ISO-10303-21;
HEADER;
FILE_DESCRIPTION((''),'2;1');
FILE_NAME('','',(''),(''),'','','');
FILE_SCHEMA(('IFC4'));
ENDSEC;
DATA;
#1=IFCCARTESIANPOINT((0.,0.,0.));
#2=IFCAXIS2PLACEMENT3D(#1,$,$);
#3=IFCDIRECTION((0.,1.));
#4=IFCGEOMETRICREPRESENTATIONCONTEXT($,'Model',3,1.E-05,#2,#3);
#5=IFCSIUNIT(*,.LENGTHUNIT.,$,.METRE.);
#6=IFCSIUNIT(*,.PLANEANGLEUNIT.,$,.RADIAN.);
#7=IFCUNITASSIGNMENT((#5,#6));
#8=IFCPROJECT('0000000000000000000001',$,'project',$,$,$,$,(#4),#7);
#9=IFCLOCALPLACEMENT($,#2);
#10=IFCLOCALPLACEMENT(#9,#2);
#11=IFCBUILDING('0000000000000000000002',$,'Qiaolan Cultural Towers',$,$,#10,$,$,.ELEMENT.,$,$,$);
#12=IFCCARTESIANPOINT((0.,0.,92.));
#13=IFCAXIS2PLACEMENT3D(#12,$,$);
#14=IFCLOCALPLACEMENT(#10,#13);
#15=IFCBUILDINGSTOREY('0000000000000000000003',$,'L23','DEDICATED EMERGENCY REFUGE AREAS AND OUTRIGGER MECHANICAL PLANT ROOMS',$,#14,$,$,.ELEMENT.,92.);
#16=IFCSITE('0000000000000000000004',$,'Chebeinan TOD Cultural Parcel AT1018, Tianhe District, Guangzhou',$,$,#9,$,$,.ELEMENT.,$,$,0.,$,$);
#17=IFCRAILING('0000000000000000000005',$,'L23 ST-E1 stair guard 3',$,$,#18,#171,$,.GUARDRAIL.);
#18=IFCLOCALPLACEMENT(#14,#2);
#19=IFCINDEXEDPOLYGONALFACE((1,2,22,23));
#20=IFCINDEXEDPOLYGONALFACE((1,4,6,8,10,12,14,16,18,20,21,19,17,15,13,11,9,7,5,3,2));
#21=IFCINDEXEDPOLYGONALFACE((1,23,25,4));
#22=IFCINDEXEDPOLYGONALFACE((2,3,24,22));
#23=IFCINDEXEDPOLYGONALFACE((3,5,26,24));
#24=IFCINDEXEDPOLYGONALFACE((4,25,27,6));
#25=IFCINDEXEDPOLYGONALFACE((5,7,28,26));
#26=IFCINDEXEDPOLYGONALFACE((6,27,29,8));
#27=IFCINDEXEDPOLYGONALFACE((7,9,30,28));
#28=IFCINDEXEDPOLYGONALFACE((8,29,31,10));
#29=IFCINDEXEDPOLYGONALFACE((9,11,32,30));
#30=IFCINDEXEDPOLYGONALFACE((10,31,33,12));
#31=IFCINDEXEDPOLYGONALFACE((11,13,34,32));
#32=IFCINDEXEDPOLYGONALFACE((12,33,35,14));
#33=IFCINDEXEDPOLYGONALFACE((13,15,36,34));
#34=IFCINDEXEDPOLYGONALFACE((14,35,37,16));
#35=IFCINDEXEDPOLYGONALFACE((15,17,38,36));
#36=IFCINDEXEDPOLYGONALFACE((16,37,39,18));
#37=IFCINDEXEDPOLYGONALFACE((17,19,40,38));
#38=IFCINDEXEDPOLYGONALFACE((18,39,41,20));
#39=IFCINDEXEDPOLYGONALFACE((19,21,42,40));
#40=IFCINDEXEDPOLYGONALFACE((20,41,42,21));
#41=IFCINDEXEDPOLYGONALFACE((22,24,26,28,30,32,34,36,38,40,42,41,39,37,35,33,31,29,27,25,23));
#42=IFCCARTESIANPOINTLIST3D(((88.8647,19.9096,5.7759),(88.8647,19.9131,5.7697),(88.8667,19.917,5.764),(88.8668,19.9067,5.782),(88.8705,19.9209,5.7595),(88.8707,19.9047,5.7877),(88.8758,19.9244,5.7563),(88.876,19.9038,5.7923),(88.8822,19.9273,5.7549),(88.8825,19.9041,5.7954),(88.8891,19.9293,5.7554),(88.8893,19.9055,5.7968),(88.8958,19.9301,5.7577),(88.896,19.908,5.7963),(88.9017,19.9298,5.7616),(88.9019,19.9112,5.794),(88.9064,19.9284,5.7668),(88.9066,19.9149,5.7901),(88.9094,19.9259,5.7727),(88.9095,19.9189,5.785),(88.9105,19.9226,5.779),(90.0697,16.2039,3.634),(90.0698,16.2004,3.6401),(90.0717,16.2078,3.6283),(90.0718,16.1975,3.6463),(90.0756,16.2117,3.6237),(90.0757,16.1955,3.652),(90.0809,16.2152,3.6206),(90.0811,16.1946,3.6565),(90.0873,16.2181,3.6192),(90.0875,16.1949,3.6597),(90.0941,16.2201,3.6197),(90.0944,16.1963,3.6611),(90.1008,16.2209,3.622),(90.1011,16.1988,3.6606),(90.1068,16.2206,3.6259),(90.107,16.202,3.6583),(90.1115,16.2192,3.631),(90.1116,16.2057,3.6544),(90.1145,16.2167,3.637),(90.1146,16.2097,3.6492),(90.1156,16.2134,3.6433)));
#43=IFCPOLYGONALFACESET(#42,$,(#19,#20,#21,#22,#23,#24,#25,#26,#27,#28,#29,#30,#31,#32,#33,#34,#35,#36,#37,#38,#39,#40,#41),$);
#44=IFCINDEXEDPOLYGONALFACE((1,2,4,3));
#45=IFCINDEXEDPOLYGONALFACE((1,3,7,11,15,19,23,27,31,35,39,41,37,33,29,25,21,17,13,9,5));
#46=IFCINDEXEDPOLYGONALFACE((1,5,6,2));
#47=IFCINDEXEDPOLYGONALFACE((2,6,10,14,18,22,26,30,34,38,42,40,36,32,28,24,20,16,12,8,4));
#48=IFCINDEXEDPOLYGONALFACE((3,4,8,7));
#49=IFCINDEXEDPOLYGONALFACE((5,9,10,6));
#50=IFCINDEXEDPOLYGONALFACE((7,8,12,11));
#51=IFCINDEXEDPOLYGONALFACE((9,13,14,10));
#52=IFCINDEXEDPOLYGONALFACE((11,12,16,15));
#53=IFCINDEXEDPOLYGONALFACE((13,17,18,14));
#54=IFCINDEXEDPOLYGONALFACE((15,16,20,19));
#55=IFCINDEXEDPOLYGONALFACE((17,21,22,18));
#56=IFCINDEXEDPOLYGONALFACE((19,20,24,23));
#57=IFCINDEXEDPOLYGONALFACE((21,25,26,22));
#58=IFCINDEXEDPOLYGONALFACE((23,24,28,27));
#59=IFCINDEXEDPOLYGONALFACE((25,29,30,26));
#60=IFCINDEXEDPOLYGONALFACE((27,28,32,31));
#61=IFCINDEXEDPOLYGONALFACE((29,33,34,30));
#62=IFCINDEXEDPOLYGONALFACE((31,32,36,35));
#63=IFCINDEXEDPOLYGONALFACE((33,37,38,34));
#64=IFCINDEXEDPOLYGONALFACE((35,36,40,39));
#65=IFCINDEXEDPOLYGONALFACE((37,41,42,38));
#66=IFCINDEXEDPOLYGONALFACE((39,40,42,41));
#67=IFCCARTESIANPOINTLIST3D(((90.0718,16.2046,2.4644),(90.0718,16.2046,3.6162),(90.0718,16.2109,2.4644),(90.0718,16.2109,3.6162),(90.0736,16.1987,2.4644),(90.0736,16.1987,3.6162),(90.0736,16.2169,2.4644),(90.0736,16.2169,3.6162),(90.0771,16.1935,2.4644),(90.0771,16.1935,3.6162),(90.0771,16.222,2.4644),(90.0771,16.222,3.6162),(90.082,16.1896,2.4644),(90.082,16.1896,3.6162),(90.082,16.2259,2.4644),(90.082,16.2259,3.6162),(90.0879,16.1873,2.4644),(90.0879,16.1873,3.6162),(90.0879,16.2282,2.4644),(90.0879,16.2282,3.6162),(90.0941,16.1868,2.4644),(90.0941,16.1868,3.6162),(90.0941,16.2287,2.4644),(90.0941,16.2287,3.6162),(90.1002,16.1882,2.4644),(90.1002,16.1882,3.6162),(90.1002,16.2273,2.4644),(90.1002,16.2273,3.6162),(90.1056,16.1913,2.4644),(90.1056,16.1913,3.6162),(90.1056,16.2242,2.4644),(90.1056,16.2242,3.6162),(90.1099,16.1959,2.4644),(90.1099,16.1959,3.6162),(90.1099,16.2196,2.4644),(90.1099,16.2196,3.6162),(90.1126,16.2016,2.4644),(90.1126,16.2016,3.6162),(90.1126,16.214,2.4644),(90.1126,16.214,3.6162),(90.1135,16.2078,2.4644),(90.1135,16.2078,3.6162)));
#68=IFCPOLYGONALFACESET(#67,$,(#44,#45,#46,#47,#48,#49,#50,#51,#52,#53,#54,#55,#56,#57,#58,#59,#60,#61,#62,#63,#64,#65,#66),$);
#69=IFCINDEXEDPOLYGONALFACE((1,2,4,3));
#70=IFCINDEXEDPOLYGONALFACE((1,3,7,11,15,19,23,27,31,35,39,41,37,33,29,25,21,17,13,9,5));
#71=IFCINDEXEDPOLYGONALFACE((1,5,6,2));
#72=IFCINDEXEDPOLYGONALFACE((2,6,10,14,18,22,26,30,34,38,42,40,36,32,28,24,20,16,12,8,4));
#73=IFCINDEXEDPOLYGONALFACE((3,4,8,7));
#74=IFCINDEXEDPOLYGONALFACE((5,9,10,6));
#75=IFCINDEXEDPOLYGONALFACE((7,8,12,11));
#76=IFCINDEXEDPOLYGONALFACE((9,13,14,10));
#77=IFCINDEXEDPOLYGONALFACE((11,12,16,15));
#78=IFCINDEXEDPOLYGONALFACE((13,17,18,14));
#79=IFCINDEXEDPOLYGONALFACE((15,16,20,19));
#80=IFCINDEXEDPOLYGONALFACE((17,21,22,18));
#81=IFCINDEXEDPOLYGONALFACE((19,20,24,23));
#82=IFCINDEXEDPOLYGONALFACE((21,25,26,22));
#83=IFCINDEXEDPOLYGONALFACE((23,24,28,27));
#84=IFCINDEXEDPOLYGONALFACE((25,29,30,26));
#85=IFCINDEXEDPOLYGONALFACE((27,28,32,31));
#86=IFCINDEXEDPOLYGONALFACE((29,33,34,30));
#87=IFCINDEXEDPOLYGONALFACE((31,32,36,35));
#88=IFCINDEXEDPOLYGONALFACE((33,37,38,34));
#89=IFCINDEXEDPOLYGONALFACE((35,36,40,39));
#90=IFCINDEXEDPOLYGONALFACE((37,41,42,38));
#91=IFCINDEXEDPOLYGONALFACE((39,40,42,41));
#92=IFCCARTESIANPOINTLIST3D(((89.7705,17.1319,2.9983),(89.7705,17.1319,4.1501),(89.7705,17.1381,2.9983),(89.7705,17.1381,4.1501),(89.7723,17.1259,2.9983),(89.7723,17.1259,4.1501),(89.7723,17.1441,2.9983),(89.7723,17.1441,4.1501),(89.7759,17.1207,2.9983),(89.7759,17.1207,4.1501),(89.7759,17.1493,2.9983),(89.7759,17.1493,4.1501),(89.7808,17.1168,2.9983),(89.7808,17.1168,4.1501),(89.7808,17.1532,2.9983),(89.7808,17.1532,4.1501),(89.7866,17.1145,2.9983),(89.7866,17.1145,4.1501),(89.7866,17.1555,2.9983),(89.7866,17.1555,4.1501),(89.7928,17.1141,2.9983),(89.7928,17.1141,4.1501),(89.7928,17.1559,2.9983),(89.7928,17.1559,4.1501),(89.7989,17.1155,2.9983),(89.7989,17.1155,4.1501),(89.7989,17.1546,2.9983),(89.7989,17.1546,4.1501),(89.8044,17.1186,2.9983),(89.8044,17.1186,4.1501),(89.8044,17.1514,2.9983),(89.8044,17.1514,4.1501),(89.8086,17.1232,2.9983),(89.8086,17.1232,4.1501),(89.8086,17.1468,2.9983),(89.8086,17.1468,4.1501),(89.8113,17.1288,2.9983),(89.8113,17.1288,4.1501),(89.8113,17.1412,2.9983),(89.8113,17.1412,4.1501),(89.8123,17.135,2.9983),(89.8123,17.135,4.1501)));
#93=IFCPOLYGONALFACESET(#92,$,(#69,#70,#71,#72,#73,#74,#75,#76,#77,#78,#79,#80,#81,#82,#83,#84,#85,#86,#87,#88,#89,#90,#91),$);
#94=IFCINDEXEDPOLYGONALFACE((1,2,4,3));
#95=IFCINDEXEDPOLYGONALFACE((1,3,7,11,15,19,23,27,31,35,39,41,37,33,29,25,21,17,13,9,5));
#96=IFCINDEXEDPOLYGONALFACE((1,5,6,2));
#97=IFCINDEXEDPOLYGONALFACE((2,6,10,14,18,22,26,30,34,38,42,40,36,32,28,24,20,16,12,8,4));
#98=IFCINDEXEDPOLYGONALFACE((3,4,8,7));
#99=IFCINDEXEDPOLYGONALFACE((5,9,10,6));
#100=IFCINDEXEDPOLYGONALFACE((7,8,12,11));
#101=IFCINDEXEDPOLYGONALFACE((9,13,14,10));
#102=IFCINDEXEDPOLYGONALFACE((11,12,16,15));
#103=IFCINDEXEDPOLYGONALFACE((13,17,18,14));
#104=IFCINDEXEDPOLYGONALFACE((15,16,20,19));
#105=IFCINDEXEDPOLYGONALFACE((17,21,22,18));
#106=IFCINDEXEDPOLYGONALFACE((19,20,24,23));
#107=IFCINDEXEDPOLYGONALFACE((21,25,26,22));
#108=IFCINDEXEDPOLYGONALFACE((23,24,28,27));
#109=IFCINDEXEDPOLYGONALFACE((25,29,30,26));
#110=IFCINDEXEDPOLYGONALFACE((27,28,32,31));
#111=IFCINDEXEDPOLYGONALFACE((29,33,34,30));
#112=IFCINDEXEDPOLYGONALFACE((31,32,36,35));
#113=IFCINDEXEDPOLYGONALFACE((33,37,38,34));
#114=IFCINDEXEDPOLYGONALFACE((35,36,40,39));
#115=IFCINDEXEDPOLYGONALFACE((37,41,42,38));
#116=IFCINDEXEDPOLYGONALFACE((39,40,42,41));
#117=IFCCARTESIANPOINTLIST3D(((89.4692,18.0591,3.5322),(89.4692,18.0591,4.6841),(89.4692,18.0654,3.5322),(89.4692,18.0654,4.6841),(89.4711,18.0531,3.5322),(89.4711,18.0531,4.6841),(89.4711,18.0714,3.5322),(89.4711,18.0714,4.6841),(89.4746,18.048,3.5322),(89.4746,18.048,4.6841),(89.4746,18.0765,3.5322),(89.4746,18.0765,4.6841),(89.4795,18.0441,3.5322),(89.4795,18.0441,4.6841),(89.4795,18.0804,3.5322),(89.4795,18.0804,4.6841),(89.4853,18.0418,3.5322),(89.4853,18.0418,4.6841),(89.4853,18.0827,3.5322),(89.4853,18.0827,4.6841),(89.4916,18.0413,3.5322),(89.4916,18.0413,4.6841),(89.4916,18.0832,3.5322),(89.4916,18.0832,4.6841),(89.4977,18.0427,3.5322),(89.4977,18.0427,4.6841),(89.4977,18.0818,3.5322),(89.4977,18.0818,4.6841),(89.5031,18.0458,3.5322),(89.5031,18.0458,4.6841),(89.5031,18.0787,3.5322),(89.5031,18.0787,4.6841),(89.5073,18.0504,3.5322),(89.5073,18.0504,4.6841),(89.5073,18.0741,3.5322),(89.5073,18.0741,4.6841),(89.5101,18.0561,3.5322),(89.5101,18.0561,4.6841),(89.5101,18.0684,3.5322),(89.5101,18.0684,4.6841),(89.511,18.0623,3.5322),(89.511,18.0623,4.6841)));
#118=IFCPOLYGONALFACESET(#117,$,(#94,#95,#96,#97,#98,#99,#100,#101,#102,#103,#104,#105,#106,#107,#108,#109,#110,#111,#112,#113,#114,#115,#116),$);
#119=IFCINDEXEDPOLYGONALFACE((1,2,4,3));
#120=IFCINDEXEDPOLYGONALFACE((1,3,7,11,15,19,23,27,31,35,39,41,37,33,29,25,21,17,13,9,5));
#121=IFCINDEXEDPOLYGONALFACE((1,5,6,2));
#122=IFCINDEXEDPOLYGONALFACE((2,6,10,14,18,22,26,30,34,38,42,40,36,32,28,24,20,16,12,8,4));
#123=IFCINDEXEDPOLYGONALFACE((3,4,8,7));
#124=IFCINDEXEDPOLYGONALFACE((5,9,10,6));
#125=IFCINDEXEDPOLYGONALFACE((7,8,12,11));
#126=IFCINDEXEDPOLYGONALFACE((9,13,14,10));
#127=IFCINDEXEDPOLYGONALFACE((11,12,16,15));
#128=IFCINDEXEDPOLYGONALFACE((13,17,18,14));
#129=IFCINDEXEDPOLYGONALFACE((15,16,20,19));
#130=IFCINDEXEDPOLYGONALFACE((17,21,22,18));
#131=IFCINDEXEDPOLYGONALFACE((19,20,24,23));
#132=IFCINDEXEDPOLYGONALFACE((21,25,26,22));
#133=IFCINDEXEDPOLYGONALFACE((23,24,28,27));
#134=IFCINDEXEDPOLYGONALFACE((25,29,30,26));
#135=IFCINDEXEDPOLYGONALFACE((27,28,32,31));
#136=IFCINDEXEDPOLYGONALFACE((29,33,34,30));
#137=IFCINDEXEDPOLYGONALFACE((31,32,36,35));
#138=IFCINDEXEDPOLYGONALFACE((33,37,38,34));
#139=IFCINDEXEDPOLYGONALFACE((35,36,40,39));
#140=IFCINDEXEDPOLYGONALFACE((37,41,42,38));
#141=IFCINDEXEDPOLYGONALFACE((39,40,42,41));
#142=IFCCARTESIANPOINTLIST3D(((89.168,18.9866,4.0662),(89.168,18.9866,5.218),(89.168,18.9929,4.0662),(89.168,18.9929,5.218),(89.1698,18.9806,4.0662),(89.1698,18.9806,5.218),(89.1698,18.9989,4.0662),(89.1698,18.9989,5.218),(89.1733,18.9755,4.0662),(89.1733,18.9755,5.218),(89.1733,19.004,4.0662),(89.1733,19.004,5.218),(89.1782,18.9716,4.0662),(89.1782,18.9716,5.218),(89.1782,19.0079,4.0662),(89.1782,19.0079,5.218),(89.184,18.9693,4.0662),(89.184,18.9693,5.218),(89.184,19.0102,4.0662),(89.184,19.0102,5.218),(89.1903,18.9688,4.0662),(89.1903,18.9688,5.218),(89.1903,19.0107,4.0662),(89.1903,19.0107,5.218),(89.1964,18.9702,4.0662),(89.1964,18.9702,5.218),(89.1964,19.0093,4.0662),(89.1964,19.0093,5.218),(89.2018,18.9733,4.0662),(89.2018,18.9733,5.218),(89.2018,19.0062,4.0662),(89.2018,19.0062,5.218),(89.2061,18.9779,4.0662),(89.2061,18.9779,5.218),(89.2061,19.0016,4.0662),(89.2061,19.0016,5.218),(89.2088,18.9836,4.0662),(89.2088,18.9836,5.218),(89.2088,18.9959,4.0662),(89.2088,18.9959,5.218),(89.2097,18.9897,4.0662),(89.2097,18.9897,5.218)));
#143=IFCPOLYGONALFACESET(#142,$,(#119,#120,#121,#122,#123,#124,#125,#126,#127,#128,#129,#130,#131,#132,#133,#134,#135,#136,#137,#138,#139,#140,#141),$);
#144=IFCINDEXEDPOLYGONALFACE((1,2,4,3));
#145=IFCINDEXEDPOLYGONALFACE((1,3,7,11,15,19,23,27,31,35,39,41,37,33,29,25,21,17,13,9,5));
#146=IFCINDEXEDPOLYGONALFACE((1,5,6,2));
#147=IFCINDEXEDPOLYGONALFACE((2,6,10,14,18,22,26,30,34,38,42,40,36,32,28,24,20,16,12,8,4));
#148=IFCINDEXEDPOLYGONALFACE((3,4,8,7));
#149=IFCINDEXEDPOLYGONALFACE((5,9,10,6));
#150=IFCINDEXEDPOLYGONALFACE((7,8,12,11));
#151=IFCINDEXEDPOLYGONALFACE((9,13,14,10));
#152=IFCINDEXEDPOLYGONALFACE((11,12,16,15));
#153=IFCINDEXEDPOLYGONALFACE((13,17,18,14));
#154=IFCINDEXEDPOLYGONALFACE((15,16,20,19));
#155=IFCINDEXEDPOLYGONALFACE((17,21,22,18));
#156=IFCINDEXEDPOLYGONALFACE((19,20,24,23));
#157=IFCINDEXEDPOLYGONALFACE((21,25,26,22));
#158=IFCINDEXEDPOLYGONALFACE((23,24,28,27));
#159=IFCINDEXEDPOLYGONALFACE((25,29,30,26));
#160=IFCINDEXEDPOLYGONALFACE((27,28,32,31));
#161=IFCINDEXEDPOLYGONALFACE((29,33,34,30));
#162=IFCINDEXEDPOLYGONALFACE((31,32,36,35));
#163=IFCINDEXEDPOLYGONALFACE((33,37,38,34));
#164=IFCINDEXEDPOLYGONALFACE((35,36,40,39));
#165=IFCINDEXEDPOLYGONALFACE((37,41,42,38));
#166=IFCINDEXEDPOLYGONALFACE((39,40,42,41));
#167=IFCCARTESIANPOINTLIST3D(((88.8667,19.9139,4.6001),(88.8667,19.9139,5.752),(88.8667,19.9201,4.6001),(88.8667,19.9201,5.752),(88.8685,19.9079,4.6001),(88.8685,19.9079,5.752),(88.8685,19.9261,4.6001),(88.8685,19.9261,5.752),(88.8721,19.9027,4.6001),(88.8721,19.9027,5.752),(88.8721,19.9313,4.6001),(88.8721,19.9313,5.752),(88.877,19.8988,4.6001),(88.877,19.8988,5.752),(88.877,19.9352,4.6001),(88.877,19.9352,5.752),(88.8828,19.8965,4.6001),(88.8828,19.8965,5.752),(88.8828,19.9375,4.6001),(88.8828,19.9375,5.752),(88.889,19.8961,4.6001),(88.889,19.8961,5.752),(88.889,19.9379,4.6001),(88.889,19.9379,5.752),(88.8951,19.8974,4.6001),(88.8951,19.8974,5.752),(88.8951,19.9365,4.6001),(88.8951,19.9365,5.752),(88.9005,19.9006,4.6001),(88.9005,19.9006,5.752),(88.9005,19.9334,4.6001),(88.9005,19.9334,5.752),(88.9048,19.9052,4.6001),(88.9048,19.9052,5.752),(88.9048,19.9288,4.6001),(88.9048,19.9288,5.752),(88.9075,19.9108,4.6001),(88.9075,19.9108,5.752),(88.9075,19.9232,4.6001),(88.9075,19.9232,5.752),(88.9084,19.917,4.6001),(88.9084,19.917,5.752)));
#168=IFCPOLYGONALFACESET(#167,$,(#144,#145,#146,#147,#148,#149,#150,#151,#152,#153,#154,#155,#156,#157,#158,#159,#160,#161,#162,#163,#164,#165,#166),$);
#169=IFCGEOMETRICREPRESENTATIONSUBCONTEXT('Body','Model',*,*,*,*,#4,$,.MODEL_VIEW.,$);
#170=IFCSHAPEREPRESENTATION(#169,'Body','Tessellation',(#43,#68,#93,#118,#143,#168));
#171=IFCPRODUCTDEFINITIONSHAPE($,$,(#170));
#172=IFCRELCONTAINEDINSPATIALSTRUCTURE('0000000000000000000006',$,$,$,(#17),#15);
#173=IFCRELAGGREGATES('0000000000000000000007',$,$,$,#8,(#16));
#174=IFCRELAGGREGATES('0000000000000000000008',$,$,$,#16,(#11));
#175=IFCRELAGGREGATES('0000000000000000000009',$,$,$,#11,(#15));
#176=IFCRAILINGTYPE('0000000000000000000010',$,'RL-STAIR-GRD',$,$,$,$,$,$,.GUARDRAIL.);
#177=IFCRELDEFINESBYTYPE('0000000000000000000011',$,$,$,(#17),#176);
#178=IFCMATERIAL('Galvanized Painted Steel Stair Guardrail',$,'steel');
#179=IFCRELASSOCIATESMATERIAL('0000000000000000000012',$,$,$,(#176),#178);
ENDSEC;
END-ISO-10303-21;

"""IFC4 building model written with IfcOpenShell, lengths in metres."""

from ifc_helpers import new_model, si_unit, direction, frame, origin, origin_2d, place, context, subcontext, project, spatial, circle, extrude, material, type_object, element, save


model = new_model("IFC4")

# Units and contexts
model_context = context("Model", 3, precision=1e-05, world=origin(), true_north=direction((0.0, 1.0)))
body_context = subcontext(model_context, "Body", "Model", "MODEL_VIEW")
ifc_project = project(units=[si_unit("LENGTHUNIT", "METRE"), si_unit("PLANEANGLEUNIT", "RADIAN")], contexts=[model_context])

# Site, building, storey
site_placement = place(None, origin())
site = spatial("IfcSite", under=ifc_project, at=site_placement, Name="Chebeinan TOD Cultural Parcel AT1018, Tianhe District, Guangzhou", CompositionType="ELEMENT", RefElevation=0.0)
building_placement = place(site_placement, origin())
building = spatial("IfcBuilding", under=site, at=building_placement, Name="Qiaolan Cultural Towers", CompositionType="ELEMENT")
storey_placement = place(building_placement, frame((0.0, 0.0, 92.0)))
storey = spatial("IfcBuildingStorey", under=building, at=storey_placement, Name="L23", Description="DEDICATED EMERGENCY REFUGE AREAS AND OUTRIGGER MECHANICAL PLANT ROOMS", CompositionType="ELEMENT", Elevation=92.0)

# Railing
ifc_material_1 = material(Name="Galvanized Painted Steel Stair Guardrail", Category="steel")
railing_type_1 = type_object("IfcRailingType", Name="RL-STAIR-GRD", PredefinedType="GUARDRAIL", material=ifc_material_1)
railing_1_placement = place(storey_placement, frame((90.0925, 16.2078, 2.4644)))
element("IfcRailing", 1, at=railing_1_placement, inside=storey, type_object=railing_type_1, Name="L23 ST-E1 stair guard 3", PredefinedType="GUARDRAIL", context=body_context, shape_type="SweptSolid", body=[
    extrude(circle(Radius=0.0239, at=origin_2d()), frame((0.0, 0.0, 1.1758), z_axis=(-0.271013, 0.834177, 0.480312), x_axis=(-0.951066, -0.308988, 0.0)), (0.0, 0.0, 1.0), 4.4465),
    extrude(circle(Radius=0.021, at=origin_2d()), origin(), (0.0, 0.0, 1.0), 1.1519),
    extrude(circle(Radius=0.021, at=origin_2d()), frame((-0.3013, 0.9272, 0.5339)), (0.0, 0.0, 1.0), 1.1519),
    extrude(circle(Radius=0.021, at=origin_2d()), frame((-0.6025, 1.8545, 1.0679)), (0.0, 0.0, 1.0), 1.1519),
    extrude(circle(Radius=0.021, at=origin_2d()), frame((-0.9038, 2.782, 1.6018)), (0.0, 0.0, 1.0), 1.1519),
    extrude(circle(Radius=0.021, at=origin_2d()), frame((-1.2051, 3.7092, 2.1357)), (0.0, 0.0, 1.0), 1.1519),
])

save(model, "model.ifc")
